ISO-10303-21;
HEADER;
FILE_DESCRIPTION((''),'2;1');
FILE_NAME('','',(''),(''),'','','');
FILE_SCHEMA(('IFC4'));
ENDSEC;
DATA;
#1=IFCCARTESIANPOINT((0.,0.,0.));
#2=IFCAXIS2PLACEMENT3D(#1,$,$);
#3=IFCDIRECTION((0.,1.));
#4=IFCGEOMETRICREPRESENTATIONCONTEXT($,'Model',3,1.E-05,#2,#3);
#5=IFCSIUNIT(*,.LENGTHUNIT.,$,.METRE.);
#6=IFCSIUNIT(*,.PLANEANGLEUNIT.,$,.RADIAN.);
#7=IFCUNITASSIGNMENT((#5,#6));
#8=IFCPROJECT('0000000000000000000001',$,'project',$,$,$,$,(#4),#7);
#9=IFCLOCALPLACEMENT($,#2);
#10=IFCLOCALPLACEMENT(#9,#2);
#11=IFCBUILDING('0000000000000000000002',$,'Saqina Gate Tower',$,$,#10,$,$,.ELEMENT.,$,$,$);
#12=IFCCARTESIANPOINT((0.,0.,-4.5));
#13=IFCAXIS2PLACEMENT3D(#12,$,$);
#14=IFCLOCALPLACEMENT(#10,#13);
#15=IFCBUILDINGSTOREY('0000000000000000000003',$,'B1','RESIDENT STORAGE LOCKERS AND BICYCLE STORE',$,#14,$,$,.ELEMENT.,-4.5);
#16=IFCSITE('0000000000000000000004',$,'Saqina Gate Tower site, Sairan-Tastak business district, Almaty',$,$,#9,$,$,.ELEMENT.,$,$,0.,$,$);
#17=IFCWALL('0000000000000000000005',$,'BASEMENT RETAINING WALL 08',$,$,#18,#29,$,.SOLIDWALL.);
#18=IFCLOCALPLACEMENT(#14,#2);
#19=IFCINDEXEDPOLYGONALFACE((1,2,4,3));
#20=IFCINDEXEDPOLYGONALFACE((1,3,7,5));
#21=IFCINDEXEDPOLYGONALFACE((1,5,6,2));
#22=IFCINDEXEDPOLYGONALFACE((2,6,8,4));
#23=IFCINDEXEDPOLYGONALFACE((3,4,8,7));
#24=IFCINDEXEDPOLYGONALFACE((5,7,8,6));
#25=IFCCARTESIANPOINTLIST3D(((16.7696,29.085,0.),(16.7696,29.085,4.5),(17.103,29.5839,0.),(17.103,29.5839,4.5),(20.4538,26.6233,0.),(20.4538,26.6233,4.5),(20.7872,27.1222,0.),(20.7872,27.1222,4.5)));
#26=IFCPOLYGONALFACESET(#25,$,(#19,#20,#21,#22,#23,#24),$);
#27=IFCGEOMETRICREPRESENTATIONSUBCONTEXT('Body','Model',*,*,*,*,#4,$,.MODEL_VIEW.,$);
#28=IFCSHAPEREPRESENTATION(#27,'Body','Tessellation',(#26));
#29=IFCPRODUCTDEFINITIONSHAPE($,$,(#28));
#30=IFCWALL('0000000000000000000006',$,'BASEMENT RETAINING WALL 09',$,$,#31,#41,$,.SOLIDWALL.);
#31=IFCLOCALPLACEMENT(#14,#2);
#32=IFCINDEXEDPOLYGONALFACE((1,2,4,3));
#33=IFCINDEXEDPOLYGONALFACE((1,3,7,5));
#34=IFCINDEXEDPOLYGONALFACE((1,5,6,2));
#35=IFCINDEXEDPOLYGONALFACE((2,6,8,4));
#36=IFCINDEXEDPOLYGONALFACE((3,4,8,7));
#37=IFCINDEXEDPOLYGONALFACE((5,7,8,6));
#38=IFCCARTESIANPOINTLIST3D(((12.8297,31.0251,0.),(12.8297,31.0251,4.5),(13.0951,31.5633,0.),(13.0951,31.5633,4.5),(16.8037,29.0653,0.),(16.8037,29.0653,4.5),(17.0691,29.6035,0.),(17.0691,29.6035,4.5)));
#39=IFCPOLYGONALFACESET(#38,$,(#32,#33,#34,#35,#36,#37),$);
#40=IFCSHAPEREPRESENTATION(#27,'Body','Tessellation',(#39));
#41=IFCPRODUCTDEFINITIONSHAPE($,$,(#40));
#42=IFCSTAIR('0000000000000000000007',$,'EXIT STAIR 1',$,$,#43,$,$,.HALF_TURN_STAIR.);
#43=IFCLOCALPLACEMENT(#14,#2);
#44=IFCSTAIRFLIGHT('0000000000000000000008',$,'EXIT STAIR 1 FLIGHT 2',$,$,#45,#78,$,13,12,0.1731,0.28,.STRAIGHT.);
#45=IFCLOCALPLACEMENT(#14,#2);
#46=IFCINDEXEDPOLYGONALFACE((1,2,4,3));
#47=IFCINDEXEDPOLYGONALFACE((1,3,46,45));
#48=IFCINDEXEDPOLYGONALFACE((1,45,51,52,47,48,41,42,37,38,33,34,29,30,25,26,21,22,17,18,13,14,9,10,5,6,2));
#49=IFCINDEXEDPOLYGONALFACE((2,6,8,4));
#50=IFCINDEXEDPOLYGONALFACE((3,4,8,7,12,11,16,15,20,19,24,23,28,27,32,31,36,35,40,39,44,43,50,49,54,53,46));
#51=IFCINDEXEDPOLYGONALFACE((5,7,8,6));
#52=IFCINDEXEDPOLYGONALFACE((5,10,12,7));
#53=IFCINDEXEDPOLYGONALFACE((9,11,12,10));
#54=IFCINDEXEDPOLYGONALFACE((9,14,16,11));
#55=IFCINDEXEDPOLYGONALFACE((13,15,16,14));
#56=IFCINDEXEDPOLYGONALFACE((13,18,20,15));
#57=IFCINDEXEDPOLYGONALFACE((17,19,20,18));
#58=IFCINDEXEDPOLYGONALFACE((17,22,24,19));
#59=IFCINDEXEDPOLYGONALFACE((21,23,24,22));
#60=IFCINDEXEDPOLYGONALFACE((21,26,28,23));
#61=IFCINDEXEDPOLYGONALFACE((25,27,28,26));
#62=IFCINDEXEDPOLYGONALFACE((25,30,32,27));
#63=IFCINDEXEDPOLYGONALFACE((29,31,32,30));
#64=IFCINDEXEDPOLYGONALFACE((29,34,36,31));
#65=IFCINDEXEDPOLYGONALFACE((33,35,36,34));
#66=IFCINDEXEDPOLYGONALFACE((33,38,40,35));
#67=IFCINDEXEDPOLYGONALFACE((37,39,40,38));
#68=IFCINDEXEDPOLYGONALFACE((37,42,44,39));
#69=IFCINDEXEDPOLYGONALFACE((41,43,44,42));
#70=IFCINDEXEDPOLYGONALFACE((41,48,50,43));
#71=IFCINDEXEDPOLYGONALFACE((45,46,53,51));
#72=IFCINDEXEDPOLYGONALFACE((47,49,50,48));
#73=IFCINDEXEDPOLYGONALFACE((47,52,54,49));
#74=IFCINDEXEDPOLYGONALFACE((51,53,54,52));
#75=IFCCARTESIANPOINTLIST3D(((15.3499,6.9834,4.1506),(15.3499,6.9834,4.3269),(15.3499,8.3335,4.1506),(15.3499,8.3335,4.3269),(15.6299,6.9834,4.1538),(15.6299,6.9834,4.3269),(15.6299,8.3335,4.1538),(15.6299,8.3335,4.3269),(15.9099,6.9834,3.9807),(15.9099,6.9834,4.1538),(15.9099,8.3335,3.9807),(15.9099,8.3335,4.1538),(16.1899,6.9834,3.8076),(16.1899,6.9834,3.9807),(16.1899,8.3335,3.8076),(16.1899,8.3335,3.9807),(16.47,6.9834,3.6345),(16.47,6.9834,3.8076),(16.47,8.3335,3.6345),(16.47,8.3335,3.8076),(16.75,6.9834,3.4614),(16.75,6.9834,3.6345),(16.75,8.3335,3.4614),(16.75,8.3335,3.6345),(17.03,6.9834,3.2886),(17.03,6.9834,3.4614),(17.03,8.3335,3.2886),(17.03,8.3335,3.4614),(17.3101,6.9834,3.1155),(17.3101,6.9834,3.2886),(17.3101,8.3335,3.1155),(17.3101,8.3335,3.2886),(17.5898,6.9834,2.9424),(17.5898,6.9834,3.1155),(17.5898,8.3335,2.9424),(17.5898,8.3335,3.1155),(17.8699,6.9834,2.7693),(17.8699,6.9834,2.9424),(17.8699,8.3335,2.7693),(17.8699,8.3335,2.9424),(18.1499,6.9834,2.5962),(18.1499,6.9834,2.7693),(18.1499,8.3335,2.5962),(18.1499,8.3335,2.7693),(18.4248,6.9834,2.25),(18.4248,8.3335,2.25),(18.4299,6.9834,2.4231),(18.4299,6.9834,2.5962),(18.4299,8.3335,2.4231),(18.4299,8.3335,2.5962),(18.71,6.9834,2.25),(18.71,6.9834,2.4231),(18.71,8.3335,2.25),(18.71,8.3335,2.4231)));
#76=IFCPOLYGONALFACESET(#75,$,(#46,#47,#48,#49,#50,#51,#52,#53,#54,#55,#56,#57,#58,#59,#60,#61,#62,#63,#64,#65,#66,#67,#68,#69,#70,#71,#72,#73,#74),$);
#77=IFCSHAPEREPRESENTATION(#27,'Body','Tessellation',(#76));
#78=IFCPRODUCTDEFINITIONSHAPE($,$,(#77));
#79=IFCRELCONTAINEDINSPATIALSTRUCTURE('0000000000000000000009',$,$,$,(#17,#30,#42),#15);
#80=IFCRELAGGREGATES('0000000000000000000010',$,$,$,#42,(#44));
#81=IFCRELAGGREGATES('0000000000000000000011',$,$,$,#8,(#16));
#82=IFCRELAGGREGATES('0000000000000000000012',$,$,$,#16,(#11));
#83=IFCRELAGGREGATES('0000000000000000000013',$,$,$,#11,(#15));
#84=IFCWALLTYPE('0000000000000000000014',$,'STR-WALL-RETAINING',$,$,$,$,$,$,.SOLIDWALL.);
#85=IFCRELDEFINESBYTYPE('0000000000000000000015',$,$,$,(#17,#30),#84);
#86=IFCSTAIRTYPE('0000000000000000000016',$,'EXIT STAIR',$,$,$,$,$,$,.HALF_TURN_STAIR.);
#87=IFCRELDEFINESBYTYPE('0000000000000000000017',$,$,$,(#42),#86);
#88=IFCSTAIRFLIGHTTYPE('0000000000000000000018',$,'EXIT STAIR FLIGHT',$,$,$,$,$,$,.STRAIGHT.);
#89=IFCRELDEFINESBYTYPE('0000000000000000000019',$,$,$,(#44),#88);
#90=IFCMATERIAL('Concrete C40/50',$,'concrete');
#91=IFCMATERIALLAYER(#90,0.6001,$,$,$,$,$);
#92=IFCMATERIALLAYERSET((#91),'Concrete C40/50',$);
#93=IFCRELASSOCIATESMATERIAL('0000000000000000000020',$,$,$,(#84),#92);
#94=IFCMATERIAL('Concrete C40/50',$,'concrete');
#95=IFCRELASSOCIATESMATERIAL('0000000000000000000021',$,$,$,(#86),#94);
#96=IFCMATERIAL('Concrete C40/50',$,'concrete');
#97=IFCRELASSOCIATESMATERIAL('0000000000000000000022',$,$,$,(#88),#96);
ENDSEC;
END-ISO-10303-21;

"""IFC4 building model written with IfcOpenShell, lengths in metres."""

from ifc_helpers import new_model, si_unit, direction, frame, frame_2d, origin, place, context, subcontext, project, spatial, polyline, rectangle, outline, extrude, material, layer, layer_set, type_object, element, aggregate, save


model = new_model("IFC4")

# Units and contexts
model_context = context("Model", 3, precision=1e-05, world=origin(), true_north=direction((0.0, 1.0)))
body_context = subcontext(model_context, "Body", "Model", "MODEL_VIEW")
ifc_project = project(units=[si_unit("LENGTHUNIT", "METRE"), si_unit("PLANEANGLEUNIT", "RADIAN")], contexts=[model_context])

# Site, building, storey
site_placement = place(None, origin())
site = spatial("IfcSite", under=ifc_project, at=site_placement, Name="Saqina Gate Tower site, Sairan-Tastak business district, Almaty", CompositionType="ELEMENT", RefElevation=0.0)
building_placement = place(site_placement, origin())
building = spatial("IfcBuilding", under=site, at=building_placement, Name="Saqina Gate Tower", CompositionType="ELEMENT")
storey_placement = place(building_placement, frame((0.0, 0.0, -4.5)))
storey = spatial("IfcBuildingStorey", under=building, at=storey_placement, Name="B1", Description="RESIDENT STORAGE LOCKERS AND BICYCLE STORE", CompositionType="ELEMENT", Elevation=-4.5)

# Walls
ifc_material_1 = material(Name="Concrete C40/50", Category="concrete")
ifc_layer_1 = layer(ifc_material_1, 0.6001)
ifc_layer_set_1 = layer_set([ifc_layer_1], Name="Concrete C40/50")
wall_type_1 = type_object("IfcWallType", Name="STR-WALL-RETAINING", PredefinedType="SOLIDWALL", material=ifc_layer_set_1)
for number, where, z_axis, x_axis, name in (
    (1, (20.6204, 26.8728, 0.0), (0.0, 0.0, 1.0), (-0.831465, 0.555577, 0.0), "BASEMENT RETAINING WALL 08"),
    (2, (16.9363, 29.3345, 0.0), (0.0, 0.0, 1.0), (-0.896871, 0.442292, 0.0), "BASEMENT RETAINING WALL 09"),
):
    element("IfcWall", number, at=place(storey_placement, frame(where, z_axis=z_axis, x_axis=x_axis)), inside=storey, type_object=wall_type_1, Name=name, PredefinedType="SOLIDWALL", context=body_context, shape_type="SweptSolid", body=[
        extrude(rectangle(XDim=4.4309, YDim=0.6001, at=frame_2d((2.2153, 0.0))), origin(), (0.0, 0.0, 1.0), 4.5),
    ])

# Stair, stair flight
ifc_material_2 = material(Name="Concrete C40/50", Category="concrete")
stair_type = type_object("IfcStairType", Name="EXIT STAIR", PredefinedType="HALF_TURN_STAIR", material=ifc_material_2)
stair_placement = place(storey_placement, origin())
stair = element("IfcStair", 3, at=stair_placement, inside=storey, type_object=stair_type, Name="EXIT STAIR 1", PredefinedType="HALF_TURN_STAIR")
ifc_material_3 = material(Name="Concrete C40/50", Category="concrete")
stair_flight_type = type_object("IfcStairFlightType", Name="EXIT STAIR FLIGHT", PredefinedType="STRAIGHT", material=ifc_material_3)
stair_flight_placement = place(storey_placement, frame((18.71, 7.6584, 2.25), z_axis=(0.0, 0.0, 1.0), x_axis=(-1.0, 0.0, 0.0)))
stair_flight = element("IfcStairFlight", 4, at=stair_flight_placement, type_object=stair_flight_type, Name="EXIT STAIR 1 FLIGHT 2", NumberOfRisers=13, NumberOfTreads=12, PredefinedType="STRAIGHT", RiserHeight=0.1731, TreadLength=0.28, context=body_context, shape_type="SweptSolid", body=[
    extrude(outline(polyline([(0.0, 0.0), (0.0, 0.1731), (0.28, 0.1731), (0.28, 0.3462), (0.5601, 0.3462), (0.5601, 0.5193), (0.8401, 0.5193), (0.8401, 0.6924), (1.1201, 0.6924), (1.1201, 0.8655), (1.3999, 0.8655), (1.3999, 1.0386), (1.6799, 1.0386), (1.6799, 1.2114), (1.96, 1.2114), (1.96, 1.3845), (2.24, 1.3845), (2.24, 1.5576), (2.52, 1.5576), (2.52, 1.7307), (2.8, 1.7307), (2.8, 1.9038), (3.0801, 1.9038), (3.0801, 2.0769), (3.3601, 2.0769), (3.3601, 2.25), (3.3601, 1.9006), (0.2852, 0.0), (0.0, 0.0)])), frame((0.0, 0.675, 0.0), z_axis=(0.0, -1.0, 0.0), x_axis=(1.0, 0.0, 0.0)), (0.0, 0.0, 1.0), 1.3501),
])
aggregate(stair, [stair_flight])

save(model, "model.ifc")
